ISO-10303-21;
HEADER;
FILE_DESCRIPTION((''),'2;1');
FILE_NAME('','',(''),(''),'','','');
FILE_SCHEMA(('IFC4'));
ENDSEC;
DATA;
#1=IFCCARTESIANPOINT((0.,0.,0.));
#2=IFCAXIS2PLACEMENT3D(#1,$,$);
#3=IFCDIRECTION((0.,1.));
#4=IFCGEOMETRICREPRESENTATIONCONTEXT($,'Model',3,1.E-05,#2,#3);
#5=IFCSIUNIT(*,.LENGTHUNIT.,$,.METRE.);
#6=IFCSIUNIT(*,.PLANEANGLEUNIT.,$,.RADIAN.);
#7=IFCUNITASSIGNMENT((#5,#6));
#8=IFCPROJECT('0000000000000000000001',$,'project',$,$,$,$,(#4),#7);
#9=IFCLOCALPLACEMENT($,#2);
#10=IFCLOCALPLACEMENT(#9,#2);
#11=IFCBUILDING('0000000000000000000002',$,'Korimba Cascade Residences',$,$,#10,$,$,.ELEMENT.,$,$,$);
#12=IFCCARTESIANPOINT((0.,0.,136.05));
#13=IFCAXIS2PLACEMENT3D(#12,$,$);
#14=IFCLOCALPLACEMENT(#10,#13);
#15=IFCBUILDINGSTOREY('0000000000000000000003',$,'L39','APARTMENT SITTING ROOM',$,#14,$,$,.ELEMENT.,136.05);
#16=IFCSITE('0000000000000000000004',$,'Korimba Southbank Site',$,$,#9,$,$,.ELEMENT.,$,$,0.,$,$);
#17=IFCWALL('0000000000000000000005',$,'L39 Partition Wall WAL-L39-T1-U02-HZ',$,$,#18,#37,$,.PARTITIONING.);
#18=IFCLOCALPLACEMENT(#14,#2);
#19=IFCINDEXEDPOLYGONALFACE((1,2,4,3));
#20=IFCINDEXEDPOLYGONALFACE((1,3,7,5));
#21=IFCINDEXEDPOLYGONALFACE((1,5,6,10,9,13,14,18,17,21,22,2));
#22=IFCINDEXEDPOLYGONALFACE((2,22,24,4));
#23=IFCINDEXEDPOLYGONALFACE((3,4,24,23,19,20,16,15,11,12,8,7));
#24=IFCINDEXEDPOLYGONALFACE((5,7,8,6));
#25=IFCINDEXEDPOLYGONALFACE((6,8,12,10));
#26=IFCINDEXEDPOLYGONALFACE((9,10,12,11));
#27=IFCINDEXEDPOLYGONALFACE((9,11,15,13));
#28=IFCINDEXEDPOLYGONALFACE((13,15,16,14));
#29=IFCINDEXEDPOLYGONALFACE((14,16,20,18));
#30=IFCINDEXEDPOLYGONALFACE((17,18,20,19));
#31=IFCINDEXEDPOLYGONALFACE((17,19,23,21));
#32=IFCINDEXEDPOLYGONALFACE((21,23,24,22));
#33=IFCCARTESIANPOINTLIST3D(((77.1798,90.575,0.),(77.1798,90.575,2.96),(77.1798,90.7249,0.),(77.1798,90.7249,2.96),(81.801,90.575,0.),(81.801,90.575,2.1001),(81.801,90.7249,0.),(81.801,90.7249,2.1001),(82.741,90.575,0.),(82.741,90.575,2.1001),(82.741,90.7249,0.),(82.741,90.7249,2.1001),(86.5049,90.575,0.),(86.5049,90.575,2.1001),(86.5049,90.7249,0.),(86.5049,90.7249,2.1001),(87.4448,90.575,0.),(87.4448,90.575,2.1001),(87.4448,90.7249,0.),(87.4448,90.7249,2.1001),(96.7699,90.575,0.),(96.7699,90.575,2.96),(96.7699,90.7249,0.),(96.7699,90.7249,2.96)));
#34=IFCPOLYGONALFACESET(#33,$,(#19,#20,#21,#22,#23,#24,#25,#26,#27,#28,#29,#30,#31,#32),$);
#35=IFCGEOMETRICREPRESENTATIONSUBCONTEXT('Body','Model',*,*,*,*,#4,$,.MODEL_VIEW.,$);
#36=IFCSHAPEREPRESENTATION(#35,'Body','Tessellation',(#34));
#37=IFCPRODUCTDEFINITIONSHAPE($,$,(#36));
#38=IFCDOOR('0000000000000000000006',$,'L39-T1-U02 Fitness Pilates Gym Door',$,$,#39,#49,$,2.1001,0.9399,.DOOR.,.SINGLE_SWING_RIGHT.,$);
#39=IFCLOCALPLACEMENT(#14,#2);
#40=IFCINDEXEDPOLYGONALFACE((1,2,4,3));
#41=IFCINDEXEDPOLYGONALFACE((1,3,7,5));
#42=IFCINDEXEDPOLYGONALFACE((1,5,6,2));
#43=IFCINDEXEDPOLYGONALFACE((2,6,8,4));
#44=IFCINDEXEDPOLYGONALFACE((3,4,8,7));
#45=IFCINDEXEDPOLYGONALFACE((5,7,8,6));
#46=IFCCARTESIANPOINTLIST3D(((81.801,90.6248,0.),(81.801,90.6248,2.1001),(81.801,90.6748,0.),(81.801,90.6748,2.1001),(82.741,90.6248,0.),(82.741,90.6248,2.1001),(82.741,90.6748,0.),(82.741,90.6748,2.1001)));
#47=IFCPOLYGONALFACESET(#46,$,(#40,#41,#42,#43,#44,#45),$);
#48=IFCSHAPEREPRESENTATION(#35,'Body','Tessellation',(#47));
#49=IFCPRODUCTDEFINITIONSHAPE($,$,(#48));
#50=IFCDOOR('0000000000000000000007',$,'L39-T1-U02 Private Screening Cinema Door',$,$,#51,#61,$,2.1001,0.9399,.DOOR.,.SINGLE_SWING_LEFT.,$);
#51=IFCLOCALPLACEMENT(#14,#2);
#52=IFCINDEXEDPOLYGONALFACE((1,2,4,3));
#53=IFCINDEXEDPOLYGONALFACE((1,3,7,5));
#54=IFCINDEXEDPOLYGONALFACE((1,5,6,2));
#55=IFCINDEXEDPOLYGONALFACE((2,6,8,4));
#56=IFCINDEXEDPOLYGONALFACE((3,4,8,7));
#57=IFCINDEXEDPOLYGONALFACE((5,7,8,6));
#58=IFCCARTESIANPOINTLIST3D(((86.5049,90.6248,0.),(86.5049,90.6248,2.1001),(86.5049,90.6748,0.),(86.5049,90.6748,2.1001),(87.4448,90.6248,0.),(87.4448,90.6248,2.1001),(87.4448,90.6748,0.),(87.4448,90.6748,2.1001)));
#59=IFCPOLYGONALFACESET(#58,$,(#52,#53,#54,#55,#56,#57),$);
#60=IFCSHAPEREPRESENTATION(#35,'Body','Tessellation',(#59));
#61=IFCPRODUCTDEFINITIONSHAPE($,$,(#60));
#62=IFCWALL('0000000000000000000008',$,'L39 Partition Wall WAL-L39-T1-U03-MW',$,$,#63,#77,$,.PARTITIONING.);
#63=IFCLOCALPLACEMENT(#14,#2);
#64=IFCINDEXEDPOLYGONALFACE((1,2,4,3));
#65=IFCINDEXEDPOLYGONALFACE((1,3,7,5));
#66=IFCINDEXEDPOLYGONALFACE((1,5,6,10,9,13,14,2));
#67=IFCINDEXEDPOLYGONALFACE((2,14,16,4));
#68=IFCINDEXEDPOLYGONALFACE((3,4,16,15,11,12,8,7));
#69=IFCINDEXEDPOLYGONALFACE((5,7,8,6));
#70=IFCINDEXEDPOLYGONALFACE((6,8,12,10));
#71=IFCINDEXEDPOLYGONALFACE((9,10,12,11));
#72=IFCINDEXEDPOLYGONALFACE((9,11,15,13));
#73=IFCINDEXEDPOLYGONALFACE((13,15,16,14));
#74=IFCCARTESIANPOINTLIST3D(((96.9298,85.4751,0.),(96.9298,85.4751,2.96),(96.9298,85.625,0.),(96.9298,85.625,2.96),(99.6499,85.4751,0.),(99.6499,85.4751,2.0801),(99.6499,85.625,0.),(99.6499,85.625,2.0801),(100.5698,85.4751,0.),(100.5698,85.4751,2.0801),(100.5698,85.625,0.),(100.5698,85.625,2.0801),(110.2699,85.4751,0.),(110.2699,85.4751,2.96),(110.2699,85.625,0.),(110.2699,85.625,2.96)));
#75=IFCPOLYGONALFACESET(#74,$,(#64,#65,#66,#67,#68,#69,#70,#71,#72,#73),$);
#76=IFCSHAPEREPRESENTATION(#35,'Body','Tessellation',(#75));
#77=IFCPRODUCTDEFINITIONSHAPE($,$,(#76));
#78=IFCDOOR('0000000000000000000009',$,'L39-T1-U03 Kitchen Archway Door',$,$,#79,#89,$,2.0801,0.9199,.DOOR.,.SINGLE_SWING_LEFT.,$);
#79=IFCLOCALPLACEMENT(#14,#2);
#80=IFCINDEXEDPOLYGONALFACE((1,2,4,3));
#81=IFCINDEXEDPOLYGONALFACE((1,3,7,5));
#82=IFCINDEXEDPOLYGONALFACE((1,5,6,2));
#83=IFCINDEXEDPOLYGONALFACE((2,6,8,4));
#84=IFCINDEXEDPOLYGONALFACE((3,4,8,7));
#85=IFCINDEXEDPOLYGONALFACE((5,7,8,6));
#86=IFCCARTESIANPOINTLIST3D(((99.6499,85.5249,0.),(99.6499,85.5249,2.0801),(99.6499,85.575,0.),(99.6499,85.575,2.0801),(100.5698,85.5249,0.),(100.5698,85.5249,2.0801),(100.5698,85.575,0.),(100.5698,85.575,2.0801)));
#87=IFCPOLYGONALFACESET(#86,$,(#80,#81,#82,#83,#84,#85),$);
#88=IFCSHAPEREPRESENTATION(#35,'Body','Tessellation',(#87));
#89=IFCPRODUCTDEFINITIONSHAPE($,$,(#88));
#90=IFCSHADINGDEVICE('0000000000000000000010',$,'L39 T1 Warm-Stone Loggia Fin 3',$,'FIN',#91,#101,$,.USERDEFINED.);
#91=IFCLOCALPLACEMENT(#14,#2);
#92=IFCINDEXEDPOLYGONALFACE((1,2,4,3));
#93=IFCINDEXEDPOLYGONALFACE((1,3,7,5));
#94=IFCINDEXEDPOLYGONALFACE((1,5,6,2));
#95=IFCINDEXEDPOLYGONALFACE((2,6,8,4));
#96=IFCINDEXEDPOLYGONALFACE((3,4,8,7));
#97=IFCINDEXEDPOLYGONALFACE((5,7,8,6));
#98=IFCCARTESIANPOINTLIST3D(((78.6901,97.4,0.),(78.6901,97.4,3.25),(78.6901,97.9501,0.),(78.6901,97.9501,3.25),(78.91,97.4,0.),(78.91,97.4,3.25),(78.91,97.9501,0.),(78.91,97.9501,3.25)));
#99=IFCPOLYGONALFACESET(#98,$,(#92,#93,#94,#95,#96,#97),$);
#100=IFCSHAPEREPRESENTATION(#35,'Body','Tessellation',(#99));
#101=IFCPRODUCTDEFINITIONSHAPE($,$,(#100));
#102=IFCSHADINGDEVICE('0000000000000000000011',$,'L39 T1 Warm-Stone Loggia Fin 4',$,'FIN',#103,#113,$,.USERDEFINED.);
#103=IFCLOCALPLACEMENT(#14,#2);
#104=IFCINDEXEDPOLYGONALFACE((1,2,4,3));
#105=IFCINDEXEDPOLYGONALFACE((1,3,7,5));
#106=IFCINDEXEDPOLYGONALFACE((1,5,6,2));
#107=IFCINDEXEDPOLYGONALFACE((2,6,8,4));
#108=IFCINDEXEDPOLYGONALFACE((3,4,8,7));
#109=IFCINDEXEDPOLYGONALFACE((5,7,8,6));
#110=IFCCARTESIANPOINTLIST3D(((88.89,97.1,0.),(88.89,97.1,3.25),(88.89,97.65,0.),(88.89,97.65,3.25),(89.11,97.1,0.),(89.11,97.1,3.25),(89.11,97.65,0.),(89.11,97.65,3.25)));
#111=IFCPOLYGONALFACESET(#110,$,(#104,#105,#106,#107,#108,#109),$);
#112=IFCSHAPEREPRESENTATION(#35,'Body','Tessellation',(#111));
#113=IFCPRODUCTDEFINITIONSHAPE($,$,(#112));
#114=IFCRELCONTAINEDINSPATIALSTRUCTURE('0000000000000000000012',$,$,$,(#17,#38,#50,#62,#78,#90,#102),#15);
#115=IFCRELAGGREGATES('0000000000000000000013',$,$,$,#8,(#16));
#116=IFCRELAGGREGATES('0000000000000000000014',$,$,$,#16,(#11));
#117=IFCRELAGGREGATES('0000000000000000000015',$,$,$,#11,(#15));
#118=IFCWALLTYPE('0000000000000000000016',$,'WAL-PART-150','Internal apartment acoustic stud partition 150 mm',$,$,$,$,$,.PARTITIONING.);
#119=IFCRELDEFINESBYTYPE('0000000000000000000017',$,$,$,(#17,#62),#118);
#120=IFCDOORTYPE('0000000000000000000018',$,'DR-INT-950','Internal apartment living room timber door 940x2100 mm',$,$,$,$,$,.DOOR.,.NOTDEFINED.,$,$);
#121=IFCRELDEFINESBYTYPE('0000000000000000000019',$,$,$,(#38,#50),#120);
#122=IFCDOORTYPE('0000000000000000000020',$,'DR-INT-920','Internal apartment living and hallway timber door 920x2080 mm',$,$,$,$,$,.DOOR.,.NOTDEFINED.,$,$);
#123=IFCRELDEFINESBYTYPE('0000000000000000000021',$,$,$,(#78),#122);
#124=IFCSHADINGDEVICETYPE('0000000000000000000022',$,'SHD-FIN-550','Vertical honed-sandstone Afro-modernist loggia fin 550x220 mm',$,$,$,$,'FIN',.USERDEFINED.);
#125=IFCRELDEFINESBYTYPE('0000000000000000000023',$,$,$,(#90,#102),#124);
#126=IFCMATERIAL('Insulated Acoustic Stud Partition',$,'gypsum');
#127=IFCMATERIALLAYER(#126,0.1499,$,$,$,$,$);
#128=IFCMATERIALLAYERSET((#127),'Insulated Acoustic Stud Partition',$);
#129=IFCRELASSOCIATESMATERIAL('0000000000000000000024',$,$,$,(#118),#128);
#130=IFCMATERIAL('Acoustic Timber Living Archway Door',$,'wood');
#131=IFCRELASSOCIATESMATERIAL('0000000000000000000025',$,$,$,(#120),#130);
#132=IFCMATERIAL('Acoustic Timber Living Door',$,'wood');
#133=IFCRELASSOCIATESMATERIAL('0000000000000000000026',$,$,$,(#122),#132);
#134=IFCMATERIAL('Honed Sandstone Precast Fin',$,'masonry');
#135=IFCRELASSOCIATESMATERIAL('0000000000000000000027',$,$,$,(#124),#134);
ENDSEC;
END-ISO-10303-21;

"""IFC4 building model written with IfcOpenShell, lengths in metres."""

from ifc_helpers import new_model, si_unit, direction, frame, frame_2d, origin, origin_2d, place, context, subcontext, project, spatial, rectangle, extrude, material, layer, layer_set, type_object, element, fill, save


model = new_model("IFC4")

# Units and contexts
model_context = context("Model", 3, precision=1e-05, world=origin(), true_north=direction((0.0, 1.0)))
body_context = subcontext(model_context, "Body", "Model", "MODEL_VIEW")
ifc_project = project(units=[si_unit("LENGTHUNIT", "METRE"), si_unit("PLANEANGLEUNIT", "RADIAN")], contexts=[model_context])

# Site, building, storey
site_placement = place(None, origin())
site = spatial("IfcSite", under=ifc_project, at=site_placement, Name="Korimba Southbank Site", CompositionType="ELEMENT", RefElevation=0.0)
building_placement = place(site_placement, origin())
building = spatial("IfcBuilding", under=site, at=building_placement, Name="Korimba Cascade Residences", CompositionType="ELEMENT")
storey_placement = place(building_placement, frame((0.0, 0.0, 136.05)))
storey = spatial("IfcBuildingStorey", under=building, at=storey_placement, Name="L39", Description="APARTMENT SITTING ROOM", CompositionType="ELEMENT", Elevation=136.05)

# Shared definitions
ifc_material_1 = material(Name="Insulated Acoustic Stud Partition", Category="gypsum")
ifc_layer_1 = layer(ifc_material_1, 0.1499)
ifc_layer_set_1 = layer_set([ifc_layer_1], Name="Insulated Acoustic Stud Partition")
wall_type_1 = type_object("IfcWallType", Name="WAL-PART-150", Description="Internal apartment acoustic stud partition 150 mm", PredefinedType="PARTITIONING", material=ifc_layer_set_1)

# Wall, openings, doors
wall_1_placement = place(storey_placement, frame((77.1799, 90.6499, 0.0), z_axis=(0.0, 0.0, 1.0), x_axis=(1.0, 0.0, 0.0)))
wall_1 = element("IfcWall", 1, at=wall_1_placement, inside=storey, type_object=wall_type_1, Name="L39 Partition Wall WAL-L39-T1-U02-HZ", PredefinedType="PARTITIONING", context=body_context, shape_type="SweptSolid", body=[
    extrude(rectangle(XDim=19.5901, YDim=0.1499, at=frame_2d((9.7949, 0.0))), origin(), (0.0, 0.0, 1.0), 2.96),
])
opening_1_placement = place(wall_1_placement, frame((4.6211, 0.0, 0.0)))
opening_1 = element("IfcOpeningElement", 2, at=opening_1_placement, cuts=wall_1, PredefinedType="OPENING", context=body_context, shape_type="SweptSolid", body=[
    extrude(rectangle(XDim=0.9399, YDim=2.1001, at=frame_2d((0.47, 1.05))), frame((0.0, 0.085, 0.0), z_axis=(0.0, -1.0, 0.0), x_axis=(1.0, 0.0, 0.0)), (0.0, 0.0, 1.0), 0.1699),
])
opening_2_placement = place(wall_1_placement, frame((9.325, 0.0, 0.0)))
opening_2 = element("IfcOpeningElement", 3, at=opening_2_placement, cuts=wall_1, PredefinedType="OPENING", context=body_context, shape_type="SweptSolid", body=[
    extrude(rectangle(XDim=0.9399, YDim=2.1001, at=frame_2d((0.47, 1.05))), frame((0.0, 0.085, 0.0), z_axis=(0.0, -1.0, 0.0), x_axis=(1.0, 0.0, 0.0)), (0.0, 0.0, 1.0), 0.1699),
])
ifc_material_2 = material(Name="Acoustic Timber Living Archway Door", Category="wood")
door_type_1 = type_object("IfcDoorType", Name="DR-INT-950", Description="Internal apartment living room timber door 940x2100 mm", OperationType="NOTDEFINED", PredefinedType="DOOR", material=ifc_material_2)
door_1_placement = place(opening_1_placement, origin())
door_1 = element("IfcDoor", 4, at=door_1_placement, inside=storey, type_object=door_type_1, Name="L39-T1-U02 Fitness Pilates Gym Door", OperationType="SINGLE_SWING_RIGHT", OverallHeight=2.1001, OverallWidth=0.9399, PredefinedType="DOOR", context=body_context, shape_type="SweptSolid", body=[
    extrude(rectangle(XDim=0.9399, YDim=2.1001, at=frame_2d((0.47, 1.05))), frame((0.0, 0.0249, 0.0), z_axis=(0.0, -1.0, 0.0), x_axis=(1.0, 0.0, 0.0)), (0.0, 0.0, 1.0), 0.05),
])
fill(opening_1, door_1)
door_2_placement = place(opening_2_placement, origin())
door_2 = element("IfcDoor", 5, at=door_2_placement, inside=storey, type_object=door_type_1, Name="L39-T1-U02 Private Screening Cinema Door", OperationType="SINGLE_SWING_LEFT", OverallHeight=2.1001, OverallWidth=0.9399, PredefinedType="DOOR", context=body_context, shape_type="SweptSolid", body=[
    extrude(rectangle(XDim=0.9399, YDim=2.1001, at=frame_2d((0.47, 1.05))), frame((0.0, 0.0249, 0.0), z_axis=(0.0, -1.0, 0.0), x_axis=(1.0, 0.0, 0.0)), (0.0, 0.0, 1.0), 0.05),
])
fill(opening_2, door_2)

# Wall, opening, door
wall_2_placement = place(storey_placement, frame((96.9299, 85.55, 0.0), z_axis=(0.0, 0.0, 1.0), x_axis=(1.0, 0.0, 0.0)))
wall_2 = element("IfcWall", 6, at=wall_2_placement, inside=storey, type_object=wall_type_1, Name="L39 Partition Wall WAL-L39-T1-U03-MW", PredefinedType="PARTITIONING", context=body_context, shape_type="SweptSolid", body=[
    extrude(rectangle(XDim=13.3401, YDim=0.1499, at=frame_2d((6.6699, 0.0))), origin(), (0.0, 0.0, 1.0), 2.96),
])
opening_3_placement = place(wall_2_placement, frame((2.72, 0.0, 0.0)))
opening_3 = element("IfcOpeningElement", 7, at=opening_3_placement, cuts=wall_2, PredefinedType="OPENING", context=body_context, shape_type="SweptSolid", body=[
    extrude(rectangle(XDim=0.9199, YDim=2.0801, at=frame_2d((0.46, 1.04))), frame((0.0, 0.085, 0.0), z_axis=(0.0, -1.0, 0.0), x_axis=(1.0, 0.0, 0.0)), (0.0, 0.0, 1.0), 0.1699),
])
ifc_material_3 = material(Name="Acoustic Timber Living Door", Category="wood")
door_type_2 = type_object("IfcDoorType", Name="DR-INT-920", Description="Internal apartment living and hallway timber door 920x2080 mm", OperationType="NOTDEFINED", PredefinedType="DOOR", material=ifc_material_3)
door_3_placement = place(opening_3_placement, origin())
door_3 = element("IfcDoor", 8, at=door_3_placement, inside=storey, type_object=door_type_2, Name="L39-T1-U03 Kitchen Archway Door", OperationType="SINGLE_SWING_LEFT", OverallHeight=2.0801, OverallWidth=0.9199, PredefinedType="DOOR", context=body_context, shape_type="SweptSolid", body=[
    extrude(rectangle(XDim=0.9199, YDim=2.0801, at=frame_2d((0.46, 1.04))), frame((0.0, 0.0249, 0.0), z_axis=(0.0, -1.0, 0.0), x_axis=(1.0, 0.0, 0.0)), (0.0, 0.0, 1.0), 0.05),
])
fill(opening_3, door_3)

# Shading devices
ifc_material_4 = material(Name="Honed Sandstone Precast Fin", Category="masonry")
shading_device_type = type_object("IfcShadingDeviceType", Name="SHD-FIN-550", Description="Vertical honed-sandstone Afro-modernist loggia fin 550x220 mm", ElementType="FIN", PredefinedType="USERDEFINED", material=ifc_material_4)
for number, where, z_axis, x_axis, name in (
    (9, (78.8, 97.675, 0.0), (0.0, 0.0, 1.0), (1.0, 0.0, 0.0), "L39 T1 Warm-Stone Loggia Fin 3"),
    (10, (89.0, 97.375, 0.0), (0.0, 0.0, 1.0), (1.0, 0.0, 0.0), "L39 T1 Warm-Stone Loggia Fin 4"),
):
    element("IfcShadingDevice", number, at=place(storey_placement, frame(where, z_axis=z_axis, x_axis=x_axis)), inside=storey, type_object=shading_device_type, Name=name, ObjectType="FIN", PredefinedType="USERDEFINED", context=body_context, shape_type="SweptSolid", body=[
        extrude(rectangle(XDim=0.22, YDim=0.55, at=origin_2d()), origin(), (0.0, 0.0, 1.0), 3.25),
    ])

save(model, "model.ifc")
